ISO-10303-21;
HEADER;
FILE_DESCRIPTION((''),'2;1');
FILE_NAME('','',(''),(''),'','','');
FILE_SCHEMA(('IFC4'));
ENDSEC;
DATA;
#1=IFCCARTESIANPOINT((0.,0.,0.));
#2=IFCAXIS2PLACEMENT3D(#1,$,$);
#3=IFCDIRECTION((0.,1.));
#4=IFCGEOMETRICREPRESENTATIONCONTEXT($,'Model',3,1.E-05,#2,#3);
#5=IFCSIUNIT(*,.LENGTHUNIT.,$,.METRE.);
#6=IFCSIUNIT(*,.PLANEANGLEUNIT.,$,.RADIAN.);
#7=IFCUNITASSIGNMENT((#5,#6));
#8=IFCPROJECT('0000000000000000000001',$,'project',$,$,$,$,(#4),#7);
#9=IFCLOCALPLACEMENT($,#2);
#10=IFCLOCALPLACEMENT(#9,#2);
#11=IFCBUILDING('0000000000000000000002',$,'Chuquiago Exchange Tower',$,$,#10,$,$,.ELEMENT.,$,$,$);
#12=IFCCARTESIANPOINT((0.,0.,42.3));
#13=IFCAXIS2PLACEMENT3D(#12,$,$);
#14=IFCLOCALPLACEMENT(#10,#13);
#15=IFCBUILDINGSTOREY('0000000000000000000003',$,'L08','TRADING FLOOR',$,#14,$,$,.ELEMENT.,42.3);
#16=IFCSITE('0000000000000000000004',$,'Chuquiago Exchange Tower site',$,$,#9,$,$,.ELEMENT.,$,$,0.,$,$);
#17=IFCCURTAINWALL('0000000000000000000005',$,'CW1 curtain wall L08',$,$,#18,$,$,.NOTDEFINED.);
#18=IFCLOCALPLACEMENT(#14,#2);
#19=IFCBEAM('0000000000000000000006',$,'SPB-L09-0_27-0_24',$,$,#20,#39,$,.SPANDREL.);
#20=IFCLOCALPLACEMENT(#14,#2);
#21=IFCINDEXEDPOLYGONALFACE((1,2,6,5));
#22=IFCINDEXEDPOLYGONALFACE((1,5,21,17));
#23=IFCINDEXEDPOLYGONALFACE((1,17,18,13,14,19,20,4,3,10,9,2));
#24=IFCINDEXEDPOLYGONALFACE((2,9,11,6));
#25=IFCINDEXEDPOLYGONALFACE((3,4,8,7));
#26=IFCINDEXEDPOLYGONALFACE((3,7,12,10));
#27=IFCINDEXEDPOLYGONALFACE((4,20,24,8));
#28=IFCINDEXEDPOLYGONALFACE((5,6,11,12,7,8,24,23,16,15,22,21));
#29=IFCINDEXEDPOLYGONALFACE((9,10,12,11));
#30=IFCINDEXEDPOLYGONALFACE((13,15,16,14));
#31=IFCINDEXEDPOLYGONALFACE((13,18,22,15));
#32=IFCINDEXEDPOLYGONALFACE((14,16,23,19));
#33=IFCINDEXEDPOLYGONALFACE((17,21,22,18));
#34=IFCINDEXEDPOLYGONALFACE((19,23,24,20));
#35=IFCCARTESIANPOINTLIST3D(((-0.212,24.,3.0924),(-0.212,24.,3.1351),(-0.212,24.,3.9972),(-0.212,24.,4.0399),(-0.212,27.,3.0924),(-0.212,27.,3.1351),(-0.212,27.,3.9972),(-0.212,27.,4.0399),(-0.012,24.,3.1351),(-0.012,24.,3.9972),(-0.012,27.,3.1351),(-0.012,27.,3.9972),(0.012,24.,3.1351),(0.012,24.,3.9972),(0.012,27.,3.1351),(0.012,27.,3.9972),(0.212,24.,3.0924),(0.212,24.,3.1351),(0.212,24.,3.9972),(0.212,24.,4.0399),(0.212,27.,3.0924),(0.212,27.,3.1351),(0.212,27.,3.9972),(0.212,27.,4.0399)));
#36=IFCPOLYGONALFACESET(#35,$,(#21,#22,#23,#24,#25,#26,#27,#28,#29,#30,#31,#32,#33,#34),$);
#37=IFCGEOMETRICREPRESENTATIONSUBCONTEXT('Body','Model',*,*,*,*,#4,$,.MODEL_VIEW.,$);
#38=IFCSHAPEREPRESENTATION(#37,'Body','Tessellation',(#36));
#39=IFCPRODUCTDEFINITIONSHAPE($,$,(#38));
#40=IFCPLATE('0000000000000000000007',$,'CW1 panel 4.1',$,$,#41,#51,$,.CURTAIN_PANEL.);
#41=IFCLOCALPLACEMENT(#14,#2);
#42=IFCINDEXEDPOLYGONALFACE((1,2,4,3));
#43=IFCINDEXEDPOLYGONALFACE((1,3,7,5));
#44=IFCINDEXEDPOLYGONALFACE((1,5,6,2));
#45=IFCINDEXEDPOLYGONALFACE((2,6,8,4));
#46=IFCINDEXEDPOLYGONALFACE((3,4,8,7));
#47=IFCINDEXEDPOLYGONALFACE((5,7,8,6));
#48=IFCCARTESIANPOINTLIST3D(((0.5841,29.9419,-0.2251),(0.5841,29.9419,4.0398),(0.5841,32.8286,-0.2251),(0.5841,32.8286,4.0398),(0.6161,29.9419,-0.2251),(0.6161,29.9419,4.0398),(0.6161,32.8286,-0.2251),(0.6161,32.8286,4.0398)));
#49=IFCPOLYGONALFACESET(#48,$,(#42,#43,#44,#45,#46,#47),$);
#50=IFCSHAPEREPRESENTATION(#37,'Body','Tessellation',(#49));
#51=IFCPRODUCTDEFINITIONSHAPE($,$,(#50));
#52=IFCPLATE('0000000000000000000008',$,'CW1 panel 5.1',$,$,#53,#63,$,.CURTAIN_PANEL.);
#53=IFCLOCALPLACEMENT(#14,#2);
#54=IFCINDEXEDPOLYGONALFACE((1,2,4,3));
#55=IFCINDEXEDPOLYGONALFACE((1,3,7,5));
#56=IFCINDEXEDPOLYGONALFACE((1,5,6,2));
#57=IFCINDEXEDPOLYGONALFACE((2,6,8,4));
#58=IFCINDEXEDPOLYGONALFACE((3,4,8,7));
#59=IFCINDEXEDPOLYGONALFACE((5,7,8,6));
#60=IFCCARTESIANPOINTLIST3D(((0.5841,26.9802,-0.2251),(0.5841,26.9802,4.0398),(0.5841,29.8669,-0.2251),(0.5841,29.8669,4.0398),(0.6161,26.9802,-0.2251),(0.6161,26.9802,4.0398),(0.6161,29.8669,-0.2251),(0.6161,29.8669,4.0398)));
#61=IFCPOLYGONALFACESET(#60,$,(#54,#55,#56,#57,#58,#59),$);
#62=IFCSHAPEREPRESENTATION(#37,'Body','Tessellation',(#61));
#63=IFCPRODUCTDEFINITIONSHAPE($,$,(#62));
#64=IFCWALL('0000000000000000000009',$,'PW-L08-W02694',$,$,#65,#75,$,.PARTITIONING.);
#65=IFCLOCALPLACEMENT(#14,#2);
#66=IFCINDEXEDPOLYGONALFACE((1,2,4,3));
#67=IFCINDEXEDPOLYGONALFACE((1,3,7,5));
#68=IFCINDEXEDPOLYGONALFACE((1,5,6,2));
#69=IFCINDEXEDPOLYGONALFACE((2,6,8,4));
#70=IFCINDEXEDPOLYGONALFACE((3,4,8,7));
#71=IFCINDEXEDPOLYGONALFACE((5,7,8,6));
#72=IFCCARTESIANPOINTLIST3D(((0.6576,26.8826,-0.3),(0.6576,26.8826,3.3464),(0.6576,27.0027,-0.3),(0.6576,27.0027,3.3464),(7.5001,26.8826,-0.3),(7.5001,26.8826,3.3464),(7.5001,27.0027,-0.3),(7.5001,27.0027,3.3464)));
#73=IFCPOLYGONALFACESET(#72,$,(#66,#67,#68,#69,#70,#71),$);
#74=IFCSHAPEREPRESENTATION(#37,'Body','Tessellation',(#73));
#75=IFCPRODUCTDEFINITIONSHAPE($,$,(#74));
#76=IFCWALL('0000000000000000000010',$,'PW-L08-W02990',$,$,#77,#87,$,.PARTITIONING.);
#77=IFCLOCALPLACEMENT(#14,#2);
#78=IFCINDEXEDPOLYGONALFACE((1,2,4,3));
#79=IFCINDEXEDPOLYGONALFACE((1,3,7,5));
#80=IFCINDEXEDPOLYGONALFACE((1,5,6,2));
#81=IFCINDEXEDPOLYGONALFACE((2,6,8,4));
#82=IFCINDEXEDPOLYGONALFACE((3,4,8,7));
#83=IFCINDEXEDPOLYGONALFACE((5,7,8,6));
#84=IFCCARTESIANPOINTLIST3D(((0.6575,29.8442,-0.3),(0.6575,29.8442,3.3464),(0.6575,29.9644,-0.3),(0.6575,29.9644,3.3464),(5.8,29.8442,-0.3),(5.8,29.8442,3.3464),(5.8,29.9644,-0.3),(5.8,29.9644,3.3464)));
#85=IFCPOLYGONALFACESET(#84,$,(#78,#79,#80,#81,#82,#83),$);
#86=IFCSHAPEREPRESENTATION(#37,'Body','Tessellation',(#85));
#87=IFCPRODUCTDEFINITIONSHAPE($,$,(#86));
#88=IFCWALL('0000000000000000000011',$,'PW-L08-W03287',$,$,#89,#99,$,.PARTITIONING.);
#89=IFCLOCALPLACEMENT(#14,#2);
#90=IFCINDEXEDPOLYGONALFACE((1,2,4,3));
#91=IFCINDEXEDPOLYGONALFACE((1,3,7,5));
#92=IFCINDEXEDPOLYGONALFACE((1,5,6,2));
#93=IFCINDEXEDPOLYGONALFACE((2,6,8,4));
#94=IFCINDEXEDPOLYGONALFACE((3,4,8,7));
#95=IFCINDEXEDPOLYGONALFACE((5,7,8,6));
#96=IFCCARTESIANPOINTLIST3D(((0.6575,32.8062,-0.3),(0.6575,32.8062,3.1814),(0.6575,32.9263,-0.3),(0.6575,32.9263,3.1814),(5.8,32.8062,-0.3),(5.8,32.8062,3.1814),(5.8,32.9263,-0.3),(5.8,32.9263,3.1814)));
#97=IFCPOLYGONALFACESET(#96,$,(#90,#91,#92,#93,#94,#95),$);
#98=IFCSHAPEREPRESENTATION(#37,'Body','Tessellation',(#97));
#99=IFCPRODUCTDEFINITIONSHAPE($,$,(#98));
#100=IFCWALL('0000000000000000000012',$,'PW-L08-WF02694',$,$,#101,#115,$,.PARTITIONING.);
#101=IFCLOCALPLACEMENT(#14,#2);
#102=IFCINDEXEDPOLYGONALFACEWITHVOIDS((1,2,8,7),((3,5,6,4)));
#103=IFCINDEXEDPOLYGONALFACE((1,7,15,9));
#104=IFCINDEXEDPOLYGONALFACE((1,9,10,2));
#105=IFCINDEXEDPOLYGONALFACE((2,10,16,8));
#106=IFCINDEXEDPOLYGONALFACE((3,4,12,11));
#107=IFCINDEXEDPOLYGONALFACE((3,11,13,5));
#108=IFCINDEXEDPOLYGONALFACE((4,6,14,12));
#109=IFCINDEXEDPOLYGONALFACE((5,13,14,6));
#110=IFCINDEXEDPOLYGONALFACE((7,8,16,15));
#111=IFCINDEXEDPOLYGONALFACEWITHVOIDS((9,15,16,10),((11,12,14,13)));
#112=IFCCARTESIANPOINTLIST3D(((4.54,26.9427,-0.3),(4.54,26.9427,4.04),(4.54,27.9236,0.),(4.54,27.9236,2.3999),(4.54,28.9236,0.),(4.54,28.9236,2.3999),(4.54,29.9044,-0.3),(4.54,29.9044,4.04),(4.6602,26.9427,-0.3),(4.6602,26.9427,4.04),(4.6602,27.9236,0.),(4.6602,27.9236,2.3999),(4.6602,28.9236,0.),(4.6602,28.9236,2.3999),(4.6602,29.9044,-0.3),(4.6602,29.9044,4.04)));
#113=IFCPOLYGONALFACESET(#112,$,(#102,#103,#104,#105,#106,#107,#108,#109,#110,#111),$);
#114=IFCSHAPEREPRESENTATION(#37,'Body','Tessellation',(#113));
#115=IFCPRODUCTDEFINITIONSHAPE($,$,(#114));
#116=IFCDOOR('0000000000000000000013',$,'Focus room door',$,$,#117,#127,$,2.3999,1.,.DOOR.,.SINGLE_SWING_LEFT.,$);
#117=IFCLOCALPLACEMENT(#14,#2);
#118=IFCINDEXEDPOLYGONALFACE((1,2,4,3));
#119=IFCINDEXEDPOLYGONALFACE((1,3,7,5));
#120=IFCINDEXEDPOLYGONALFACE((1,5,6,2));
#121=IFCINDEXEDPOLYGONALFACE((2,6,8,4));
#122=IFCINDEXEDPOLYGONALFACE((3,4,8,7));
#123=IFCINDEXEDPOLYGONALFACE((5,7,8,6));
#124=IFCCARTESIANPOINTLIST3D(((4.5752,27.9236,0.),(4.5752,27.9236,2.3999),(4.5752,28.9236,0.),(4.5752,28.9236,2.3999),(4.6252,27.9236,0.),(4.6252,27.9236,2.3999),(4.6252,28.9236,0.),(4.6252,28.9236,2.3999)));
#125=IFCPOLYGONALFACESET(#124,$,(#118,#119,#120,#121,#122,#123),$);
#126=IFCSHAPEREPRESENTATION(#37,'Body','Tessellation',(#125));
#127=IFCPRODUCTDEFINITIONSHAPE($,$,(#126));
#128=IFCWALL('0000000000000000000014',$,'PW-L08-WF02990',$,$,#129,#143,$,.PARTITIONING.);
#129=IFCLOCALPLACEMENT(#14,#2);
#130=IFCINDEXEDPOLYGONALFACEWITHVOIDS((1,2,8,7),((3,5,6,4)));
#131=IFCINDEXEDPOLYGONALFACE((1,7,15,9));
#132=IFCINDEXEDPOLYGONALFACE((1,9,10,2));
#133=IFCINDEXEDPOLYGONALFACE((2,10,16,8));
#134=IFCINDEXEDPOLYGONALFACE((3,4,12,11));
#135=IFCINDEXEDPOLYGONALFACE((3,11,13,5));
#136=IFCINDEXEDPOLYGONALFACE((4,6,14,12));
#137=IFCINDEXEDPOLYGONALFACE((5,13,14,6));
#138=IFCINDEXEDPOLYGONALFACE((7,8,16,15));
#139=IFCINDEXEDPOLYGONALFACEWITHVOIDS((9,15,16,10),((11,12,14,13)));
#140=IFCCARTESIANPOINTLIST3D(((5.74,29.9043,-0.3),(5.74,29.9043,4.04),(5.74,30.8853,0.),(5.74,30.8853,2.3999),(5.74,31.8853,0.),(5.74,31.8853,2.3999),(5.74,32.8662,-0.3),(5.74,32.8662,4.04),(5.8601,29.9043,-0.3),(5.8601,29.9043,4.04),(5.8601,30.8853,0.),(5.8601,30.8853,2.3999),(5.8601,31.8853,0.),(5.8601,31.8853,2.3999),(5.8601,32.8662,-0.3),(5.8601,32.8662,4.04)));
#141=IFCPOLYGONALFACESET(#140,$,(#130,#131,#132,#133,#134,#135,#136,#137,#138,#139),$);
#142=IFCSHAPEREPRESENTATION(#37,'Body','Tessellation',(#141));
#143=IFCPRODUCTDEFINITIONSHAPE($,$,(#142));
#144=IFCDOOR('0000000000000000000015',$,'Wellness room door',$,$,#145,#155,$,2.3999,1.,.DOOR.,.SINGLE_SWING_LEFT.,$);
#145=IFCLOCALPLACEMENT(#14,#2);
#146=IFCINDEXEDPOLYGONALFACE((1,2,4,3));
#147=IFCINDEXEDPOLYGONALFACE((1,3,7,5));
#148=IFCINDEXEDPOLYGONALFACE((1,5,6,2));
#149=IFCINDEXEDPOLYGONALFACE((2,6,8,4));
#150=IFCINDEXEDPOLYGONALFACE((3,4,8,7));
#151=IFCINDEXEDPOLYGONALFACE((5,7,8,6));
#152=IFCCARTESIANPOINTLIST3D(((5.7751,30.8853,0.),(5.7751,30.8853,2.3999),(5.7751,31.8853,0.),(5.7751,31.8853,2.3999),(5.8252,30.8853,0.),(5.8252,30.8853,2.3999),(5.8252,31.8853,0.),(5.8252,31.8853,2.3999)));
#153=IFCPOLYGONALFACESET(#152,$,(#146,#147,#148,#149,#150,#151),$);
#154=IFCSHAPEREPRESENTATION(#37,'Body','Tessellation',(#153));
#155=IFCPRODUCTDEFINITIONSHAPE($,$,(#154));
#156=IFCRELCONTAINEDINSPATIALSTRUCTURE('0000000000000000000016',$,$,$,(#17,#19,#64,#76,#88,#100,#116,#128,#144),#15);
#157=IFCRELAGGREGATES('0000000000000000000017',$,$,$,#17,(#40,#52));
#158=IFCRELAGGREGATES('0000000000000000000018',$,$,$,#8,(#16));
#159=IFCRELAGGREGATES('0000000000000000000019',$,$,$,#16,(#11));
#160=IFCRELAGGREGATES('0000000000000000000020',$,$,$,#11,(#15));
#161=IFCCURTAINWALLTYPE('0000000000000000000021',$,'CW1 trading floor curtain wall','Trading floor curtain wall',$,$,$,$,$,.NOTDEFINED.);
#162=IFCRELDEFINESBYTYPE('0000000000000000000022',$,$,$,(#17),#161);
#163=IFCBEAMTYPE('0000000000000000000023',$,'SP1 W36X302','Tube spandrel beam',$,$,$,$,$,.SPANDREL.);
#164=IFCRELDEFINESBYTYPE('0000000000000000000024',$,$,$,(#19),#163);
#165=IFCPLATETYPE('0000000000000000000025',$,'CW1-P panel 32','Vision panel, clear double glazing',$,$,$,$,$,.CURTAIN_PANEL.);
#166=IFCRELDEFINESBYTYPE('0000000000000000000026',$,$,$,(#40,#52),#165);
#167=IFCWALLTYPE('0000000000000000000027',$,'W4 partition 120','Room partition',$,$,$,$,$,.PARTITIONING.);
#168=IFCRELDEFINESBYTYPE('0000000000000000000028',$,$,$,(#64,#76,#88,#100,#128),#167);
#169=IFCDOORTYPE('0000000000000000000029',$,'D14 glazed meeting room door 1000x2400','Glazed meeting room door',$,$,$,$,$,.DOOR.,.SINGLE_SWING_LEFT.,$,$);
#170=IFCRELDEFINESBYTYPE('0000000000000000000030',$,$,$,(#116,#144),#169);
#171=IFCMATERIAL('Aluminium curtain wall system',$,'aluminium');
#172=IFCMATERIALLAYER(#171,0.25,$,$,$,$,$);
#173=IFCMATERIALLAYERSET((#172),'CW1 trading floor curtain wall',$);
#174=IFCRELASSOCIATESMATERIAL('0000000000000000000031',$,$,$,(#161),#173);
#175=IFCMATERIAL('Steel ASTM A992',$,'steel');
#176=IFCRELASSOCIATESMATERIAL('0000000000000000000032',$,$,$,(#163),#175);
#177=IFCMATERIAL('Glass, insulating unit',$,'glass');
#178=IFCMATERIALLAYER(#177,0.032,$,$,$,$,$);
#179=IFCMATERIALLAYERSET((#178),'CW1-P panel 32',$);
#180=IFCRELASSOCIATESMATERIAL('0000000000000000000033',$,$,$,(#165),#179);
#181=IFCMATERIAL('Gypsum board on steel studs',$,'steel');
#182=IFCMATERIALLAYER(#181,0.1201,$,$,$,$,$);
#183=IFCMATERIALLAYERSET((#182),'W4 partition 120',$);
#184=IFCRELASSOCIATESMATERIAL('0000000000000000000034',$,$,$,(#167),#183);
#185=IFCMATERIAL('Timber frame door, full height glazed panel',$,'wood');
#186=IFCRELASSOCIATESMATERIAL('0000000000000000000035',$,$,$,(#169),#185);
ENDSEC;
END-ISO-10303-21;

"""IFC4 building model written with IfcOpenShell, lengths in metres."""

from ifc_helpers import new_model, si_unit, direction, frame, frame_2d, origin, origin_2d, place, context, subcontext, project, spatial, rectangle, i_section, extrude, material, layer, layer_set, material_profile, profile_set, type_object, element, fill, aggregate, save


model = new_model("IFC4")

# Units and contexts
model_context = context("Model", 3, precision=1e-05, world=origin(), true_north=direction((0.0, 1.0)))
body_context = subcontext(model_context, "Body", "Model", "MODEL_VIEW")
ifc_project = project(units=[si_unit("LENGTHUNIT", "METRE"), si_unit("PLANEANGLEUNIT", "RADIAN")], contexts=[model_context])

# Site, building, storey
site_placement = place(None, origin())
site = spatial("IfcSite", under=ifc_project, at=site_placement, Name="Chuquiago Exchange Tower site", CompositionType="ELEMENT", RefElevation=0.0)
building_placement = place(site_placement, origin())
building = spatial("IfcBuilding", under=site, at=building_placement, Name="Chuquiago Exchange Tower", CompositionType="ELEMENT")
storey_placement = place(building_placement, frame((0.0, 0.0, 42.3)))
storey = spatial("IfcBuildingStorey", under=building, at=storey_placement, Name="L08", Description="TRADING FLOOR", CompositionType="ELEMENT", Elevation=42.3)

# Curtain wall
ifc_material_1 = material(Name="Aluminium curtain wall system", Category="aluminium")
ifc_layer_1 = layer(ifc_material_1, 0.25)
ifc_layer_set_1 = layer_set([ifc_layer_1], Name="CW1 trading floor curtain wall")
curtain_wall_type = type_object("IfcCurtainWallType", Name="CW1 trading floor curtain wall", Description="Trading floor curtain wall", PredefinedType="NOTDEFINED", material=ifc_layer_set_1)
curtain_wall_placement = place(storey_placement, origin())
curtain_wall = element("IfcCurtainWall", 1, at=curtain_wall_placement, inside=storey, type_object=curtain_wall_type, Name="CW1 curtain wall L08", PredefinedType="NOTDEFINED")

# Beam
ifc_material_2 = material(Name="Steel ASTM A992", Category="steel")
ifc_material_profile_1 = material_profile(ifc_material_2, i_section(OverallWidth=0.4241, OverallDepth=0.9475, WebThickness=0.0239, FlangeThickness=0.0427, at=origin_2d()), Name="W36X302")
ifc_profile_set_1 = profile_set([ifc_material_profile_1], Name="Steel ASTM A992")
beam_type = type_object("IfcBeamType", Name="SP1 W36X302", Description="Tube spandrel beam", PredefinedType="SPANDREL", material=ifc_profile_set_1)
for number, where, z_axis, x_axis, name in (
    (2, (0.0, 27.0, 3.5662), (0.0, -1.0, 0.0), (1.0, 0.0, 0.0), "SPB-L09-0_27-0_24"),
):
    element("IfcBeam", number, at=place(storey_placement, frame(where, z_axis=z_axis, x_axis=x_axis)), inside=storey, type_object=beam_type, Name=name, PredefinedType="SPANDREL", context=body_context, shape_type="SweptSolid", body=[
        extrude(i_section(OverallWidth=0.4241, OverallDepth=0.9475, WebThickness=0.0239, FlangeThickness=0.0427, at=origin_2d()), origin(), (0.0, 0.0, 1.0), 3.0),
    ])

# Plates
ifc_material_3 = material(Name="Glass, insulating unit", Category="glass")
ifc_layer_2 = layer(ifc_material_3, 0.032)
ifc_layer_set_2 = layer_set([ifc_layer_2], Name="CW1-P panel 32")
plate_type = type_object("IfcPlateType", Name="CW1-P panel 32", Description="Vision panel, clear double glazing", PredefinedType="CURTAIN_PANEL", material=ifc_layer_set_2)
plate_1_placement = place(storey_placement, frame((0.6001, 31.3853, -0.2251), z_axis=(0.0, 0.0, 1.0), x_axis=(0.0, -1.0, 0.0)))
plate_1 = element("IfcPlate", 3, at=plate_1_placement, type_object=plate_type, Name="CW1 panel 4.1", PredefinedType="CURTAIN_PANEL", context=body_context, shape_type="SweptSolid", body=[
    extrude(rectangle(XDim=2.8867, YDim=0.032, at=origin_2d()), origin(), (0.0, 0.0, 1.0), 4.2649),
])
plate_2_placement = place(storey_placement, frame((0.6001, 28.4236, -0.2251), z_axis=(0.0, 0.0, 1.0), x_axis=(0.0, -1.0, 0.0)))
plate_2 = element("IfcPlate", 4, at=plate_2_placement, type_object=plate_type, Name="CW1 panel 5.1", PredefinedType="CURTAIN_PANEL", context=body_context, shape_type="SweptSolid", body=[
    extrude(rectangle(XDim=2.8867, YDim=0.032, at=origin_2d()), origin(), (0.0, 0.0, 1.0), 4.2649),
])
aggregate(curtain_wall, [plate_1, plate_2])

# Walls
ifc_material_4 = material(Name="Gypsum board on steel studs", Category="steel")
ifc_layer_3 = layer(ifc_material_4, 0.1201)
ifc_layer_set_3 = layer_set([ifc_layer_3], Name="W4 partition 120")
wall_type = type_object("IfcWallType", Name="W4 partition 120", Description="Room partition", PredefinedType="PARTITIONING", material=ifc_layer_set_3)
wall_1_placement = place(storey_placement, frame((0.6575, 26.9426, -0.3), z_axis=(0.0, 0.0, 1.0), x_axis=(1.0, 0.0, 0.0)))
element("IfcWall", 5, at=wall_1_placement, inside=storey, type_object=wall_type, Name="PW-L08-W02694", PredefinedType="PARTITIONING", context=body_context, shape_type="SweptSolid", body=[
    extrude(rectangle(XDim=6.8425, YDim=0.1201, at=frame_2d((3.4214, 0.0))), origin(), (0.0, 0.0, 1.0), 3.6465),
])
wall_2_placement = place(storey_placement, frame((0.6575, 29.9043, -0.3), z_axis=(0.0, 0.0, 1.0), x_axis=(1.0, 0.0, 0.0)))
element("IfcWall", 6, at=wall_2_placement, inside=storey, type_object=wall_type, Name="PW-L08-W02990", PredefinedType="PARTITIONING", context=body_context, shape_type="SweptSolid", body=[
    extrude(rectangle(XDim=5.1426, YDim=0.1201, at=frame_2d((2.5713, 0.0))), origin(), (0.0, 0.0, 1.0), 3.6465),
])
wall_3_placement = place(storey_placement, frame((0.6575, 32.8662, -0.3), z_axis=(0.0, 0.0, 1.0), x_axis=(1.0, 0.0, 0.0)))
element("IfcWall", 7, at=wall_3_placement, inside=storey, type_object=wall_type, Name="PW-L08-W03287", PredefinedType="PARTITIONING", context=body_context, shape_type="SweptSolid", body=[
    extrude(rectangle(XDim=5.1426, YDim=0.1201, at=frame_2d((2.5713, 0.0))), origin(), (0.0, 0.0, 1.0), 3.4814),
])

# Walls, openings, doors
wall_4_placement = place(storey_placement, frame((4.6001, 26.9426, -0.3), z_axis=(0.0, 0.0, 1.0), x_axis=(0.0, 1.0, 0.0)))
wall_4 = element("IfcWall", 8, at=wall_4_placement, inside=storey, type_object=wall_type, Name="PW-L08-WF02694", PredefinedType="PARTITIONING", context=body_context, shape_type="SweptSolid", body=[
    extrude(rectangle(XDim=2.9617, YDim=0.1201, at=frame_2d((1.481, 0.0))), origin(), (0.0, 0.0, 1.0), 4.3401),
])
opening_1_placement = place(wall_4_placement, frame((0.981, 0.0, 0.3)))
opening_1 = element("IfcOpeningElement", 9, at=opening_1_placement, cuts=wall_4, PredefinedType="OPENING", context=body_context, shape_type="SweptSolid", body=[
    extrude(rectangle(XDim=1.0, YDim=2.3999, at=frame_2d((0.5, 1.2))), frame((0.0, 0.0701, 0.0), z_axis=(0.0, -1.0, 0.0), x_axis=(1.0, 0.0, 0.0)), (0.0, 0.0, 1.0), 0.1401),
])
ifc_material_5 = material(Name="Timber frame door, full height glazed panel", Category="wood")
door_type = type_object("IfcDoorType", Name="D14 glazed meeting room door 1000x2400", Description="Glazed meeting room door", OperationType="SINGLE_SWING_LEFT", PredefinedType="DOOR", material=ifc_material_5)
door_1_placement = place(opening_1_placement, origin())
door_1 = element("IfcDoor", 10, at=door_1_placement, inside=storey, type_object=door_type, Name="Focus room door", OperationType="SINGLE_SWING_LEFT", OverallHeight=2.3999, OverallWidth=1.0, PredefinedType="DOOR", context=body_context, shape_type="SweptSolid", body=[
    extrude(rectangle(XDim=1.0, YDim=2.3999, at=frame_2d((0.5, 1.2))), frame((0.0, 0.0249, 0.0), z_axis=(0.0, -1.0, 0.0), x_axis=(1.0, 0.0, 0.0)), (0.0, 0.0, 1.0), 0.05),
])
fill(opening_1, door_1)
wall_5_placement = place(storey_placement, frame((5.8, 29.9043, -0.3), z_axis=(0.0, 0.0, 1.0), x_axis=(0.0, 1.0, 0.0)))
wall_5 = element("IfcWall", 11, at=wall_5_placement, inside=storey, type_object=wall_type, Name="PW-L08-WF02990", PredefinedType="PARTITIONING", context=body_context, shape_type="SweptSolid", body=[
    extrude(rectangle(XDim=2.9619, YDim=0.1201, at=frame_2d((1.481, 0.0))), origin(), (0.0, 0.0, 1.0), 4.3401),
])
opening_2_placement = place(wall_5_placement, frame((0.981, 0.0, 0.3)))
opening_2 = element("IfcOpeningElement", 12, at=opening_2_placement, cuts=wall_5, PredefinedType="OPENING", context=body_context, shape_type="SweptSolid", body=[
    extrude(rectangle(XDim=1.0, YDim=2.3999, at=frame_2d((0.5, 1.2))), frame((0.0, 0.0701, 0.0), z_axis=(0.0, -1.0, 0.0), x_axis=(1.0, 0.0, 0.0)), (0.0, 0.0, 1.0), 0.1401),
])
door_2_placement = place(opening_2_placement, origin())
door_2 = element("IfcDoor", 13, at=door_2_placement, inside=storey, type_object=door_type, Name="Wellness room door", OperationType="SINGLE_SWING_LEFT", OverallHeight=2.3999, OverallWidth=1.0, PredefinedType="DOOR", context=body_context, shape_type="SweptSolid", body=[
    extrude(rectangle(XDim=1.0, YDim=2.3999, at=frame_2d((0.5, 1.2))), frame((0.0, 0.0249, 0.0), z_axis=(0.0, -1.0, 0.0), x_axis=(1.0, 0.0, 0.0)), (0.0, 0.0, 1.0), 0.05),
])
fill(opening_2, door_2)

save(model, "model.ifc")
